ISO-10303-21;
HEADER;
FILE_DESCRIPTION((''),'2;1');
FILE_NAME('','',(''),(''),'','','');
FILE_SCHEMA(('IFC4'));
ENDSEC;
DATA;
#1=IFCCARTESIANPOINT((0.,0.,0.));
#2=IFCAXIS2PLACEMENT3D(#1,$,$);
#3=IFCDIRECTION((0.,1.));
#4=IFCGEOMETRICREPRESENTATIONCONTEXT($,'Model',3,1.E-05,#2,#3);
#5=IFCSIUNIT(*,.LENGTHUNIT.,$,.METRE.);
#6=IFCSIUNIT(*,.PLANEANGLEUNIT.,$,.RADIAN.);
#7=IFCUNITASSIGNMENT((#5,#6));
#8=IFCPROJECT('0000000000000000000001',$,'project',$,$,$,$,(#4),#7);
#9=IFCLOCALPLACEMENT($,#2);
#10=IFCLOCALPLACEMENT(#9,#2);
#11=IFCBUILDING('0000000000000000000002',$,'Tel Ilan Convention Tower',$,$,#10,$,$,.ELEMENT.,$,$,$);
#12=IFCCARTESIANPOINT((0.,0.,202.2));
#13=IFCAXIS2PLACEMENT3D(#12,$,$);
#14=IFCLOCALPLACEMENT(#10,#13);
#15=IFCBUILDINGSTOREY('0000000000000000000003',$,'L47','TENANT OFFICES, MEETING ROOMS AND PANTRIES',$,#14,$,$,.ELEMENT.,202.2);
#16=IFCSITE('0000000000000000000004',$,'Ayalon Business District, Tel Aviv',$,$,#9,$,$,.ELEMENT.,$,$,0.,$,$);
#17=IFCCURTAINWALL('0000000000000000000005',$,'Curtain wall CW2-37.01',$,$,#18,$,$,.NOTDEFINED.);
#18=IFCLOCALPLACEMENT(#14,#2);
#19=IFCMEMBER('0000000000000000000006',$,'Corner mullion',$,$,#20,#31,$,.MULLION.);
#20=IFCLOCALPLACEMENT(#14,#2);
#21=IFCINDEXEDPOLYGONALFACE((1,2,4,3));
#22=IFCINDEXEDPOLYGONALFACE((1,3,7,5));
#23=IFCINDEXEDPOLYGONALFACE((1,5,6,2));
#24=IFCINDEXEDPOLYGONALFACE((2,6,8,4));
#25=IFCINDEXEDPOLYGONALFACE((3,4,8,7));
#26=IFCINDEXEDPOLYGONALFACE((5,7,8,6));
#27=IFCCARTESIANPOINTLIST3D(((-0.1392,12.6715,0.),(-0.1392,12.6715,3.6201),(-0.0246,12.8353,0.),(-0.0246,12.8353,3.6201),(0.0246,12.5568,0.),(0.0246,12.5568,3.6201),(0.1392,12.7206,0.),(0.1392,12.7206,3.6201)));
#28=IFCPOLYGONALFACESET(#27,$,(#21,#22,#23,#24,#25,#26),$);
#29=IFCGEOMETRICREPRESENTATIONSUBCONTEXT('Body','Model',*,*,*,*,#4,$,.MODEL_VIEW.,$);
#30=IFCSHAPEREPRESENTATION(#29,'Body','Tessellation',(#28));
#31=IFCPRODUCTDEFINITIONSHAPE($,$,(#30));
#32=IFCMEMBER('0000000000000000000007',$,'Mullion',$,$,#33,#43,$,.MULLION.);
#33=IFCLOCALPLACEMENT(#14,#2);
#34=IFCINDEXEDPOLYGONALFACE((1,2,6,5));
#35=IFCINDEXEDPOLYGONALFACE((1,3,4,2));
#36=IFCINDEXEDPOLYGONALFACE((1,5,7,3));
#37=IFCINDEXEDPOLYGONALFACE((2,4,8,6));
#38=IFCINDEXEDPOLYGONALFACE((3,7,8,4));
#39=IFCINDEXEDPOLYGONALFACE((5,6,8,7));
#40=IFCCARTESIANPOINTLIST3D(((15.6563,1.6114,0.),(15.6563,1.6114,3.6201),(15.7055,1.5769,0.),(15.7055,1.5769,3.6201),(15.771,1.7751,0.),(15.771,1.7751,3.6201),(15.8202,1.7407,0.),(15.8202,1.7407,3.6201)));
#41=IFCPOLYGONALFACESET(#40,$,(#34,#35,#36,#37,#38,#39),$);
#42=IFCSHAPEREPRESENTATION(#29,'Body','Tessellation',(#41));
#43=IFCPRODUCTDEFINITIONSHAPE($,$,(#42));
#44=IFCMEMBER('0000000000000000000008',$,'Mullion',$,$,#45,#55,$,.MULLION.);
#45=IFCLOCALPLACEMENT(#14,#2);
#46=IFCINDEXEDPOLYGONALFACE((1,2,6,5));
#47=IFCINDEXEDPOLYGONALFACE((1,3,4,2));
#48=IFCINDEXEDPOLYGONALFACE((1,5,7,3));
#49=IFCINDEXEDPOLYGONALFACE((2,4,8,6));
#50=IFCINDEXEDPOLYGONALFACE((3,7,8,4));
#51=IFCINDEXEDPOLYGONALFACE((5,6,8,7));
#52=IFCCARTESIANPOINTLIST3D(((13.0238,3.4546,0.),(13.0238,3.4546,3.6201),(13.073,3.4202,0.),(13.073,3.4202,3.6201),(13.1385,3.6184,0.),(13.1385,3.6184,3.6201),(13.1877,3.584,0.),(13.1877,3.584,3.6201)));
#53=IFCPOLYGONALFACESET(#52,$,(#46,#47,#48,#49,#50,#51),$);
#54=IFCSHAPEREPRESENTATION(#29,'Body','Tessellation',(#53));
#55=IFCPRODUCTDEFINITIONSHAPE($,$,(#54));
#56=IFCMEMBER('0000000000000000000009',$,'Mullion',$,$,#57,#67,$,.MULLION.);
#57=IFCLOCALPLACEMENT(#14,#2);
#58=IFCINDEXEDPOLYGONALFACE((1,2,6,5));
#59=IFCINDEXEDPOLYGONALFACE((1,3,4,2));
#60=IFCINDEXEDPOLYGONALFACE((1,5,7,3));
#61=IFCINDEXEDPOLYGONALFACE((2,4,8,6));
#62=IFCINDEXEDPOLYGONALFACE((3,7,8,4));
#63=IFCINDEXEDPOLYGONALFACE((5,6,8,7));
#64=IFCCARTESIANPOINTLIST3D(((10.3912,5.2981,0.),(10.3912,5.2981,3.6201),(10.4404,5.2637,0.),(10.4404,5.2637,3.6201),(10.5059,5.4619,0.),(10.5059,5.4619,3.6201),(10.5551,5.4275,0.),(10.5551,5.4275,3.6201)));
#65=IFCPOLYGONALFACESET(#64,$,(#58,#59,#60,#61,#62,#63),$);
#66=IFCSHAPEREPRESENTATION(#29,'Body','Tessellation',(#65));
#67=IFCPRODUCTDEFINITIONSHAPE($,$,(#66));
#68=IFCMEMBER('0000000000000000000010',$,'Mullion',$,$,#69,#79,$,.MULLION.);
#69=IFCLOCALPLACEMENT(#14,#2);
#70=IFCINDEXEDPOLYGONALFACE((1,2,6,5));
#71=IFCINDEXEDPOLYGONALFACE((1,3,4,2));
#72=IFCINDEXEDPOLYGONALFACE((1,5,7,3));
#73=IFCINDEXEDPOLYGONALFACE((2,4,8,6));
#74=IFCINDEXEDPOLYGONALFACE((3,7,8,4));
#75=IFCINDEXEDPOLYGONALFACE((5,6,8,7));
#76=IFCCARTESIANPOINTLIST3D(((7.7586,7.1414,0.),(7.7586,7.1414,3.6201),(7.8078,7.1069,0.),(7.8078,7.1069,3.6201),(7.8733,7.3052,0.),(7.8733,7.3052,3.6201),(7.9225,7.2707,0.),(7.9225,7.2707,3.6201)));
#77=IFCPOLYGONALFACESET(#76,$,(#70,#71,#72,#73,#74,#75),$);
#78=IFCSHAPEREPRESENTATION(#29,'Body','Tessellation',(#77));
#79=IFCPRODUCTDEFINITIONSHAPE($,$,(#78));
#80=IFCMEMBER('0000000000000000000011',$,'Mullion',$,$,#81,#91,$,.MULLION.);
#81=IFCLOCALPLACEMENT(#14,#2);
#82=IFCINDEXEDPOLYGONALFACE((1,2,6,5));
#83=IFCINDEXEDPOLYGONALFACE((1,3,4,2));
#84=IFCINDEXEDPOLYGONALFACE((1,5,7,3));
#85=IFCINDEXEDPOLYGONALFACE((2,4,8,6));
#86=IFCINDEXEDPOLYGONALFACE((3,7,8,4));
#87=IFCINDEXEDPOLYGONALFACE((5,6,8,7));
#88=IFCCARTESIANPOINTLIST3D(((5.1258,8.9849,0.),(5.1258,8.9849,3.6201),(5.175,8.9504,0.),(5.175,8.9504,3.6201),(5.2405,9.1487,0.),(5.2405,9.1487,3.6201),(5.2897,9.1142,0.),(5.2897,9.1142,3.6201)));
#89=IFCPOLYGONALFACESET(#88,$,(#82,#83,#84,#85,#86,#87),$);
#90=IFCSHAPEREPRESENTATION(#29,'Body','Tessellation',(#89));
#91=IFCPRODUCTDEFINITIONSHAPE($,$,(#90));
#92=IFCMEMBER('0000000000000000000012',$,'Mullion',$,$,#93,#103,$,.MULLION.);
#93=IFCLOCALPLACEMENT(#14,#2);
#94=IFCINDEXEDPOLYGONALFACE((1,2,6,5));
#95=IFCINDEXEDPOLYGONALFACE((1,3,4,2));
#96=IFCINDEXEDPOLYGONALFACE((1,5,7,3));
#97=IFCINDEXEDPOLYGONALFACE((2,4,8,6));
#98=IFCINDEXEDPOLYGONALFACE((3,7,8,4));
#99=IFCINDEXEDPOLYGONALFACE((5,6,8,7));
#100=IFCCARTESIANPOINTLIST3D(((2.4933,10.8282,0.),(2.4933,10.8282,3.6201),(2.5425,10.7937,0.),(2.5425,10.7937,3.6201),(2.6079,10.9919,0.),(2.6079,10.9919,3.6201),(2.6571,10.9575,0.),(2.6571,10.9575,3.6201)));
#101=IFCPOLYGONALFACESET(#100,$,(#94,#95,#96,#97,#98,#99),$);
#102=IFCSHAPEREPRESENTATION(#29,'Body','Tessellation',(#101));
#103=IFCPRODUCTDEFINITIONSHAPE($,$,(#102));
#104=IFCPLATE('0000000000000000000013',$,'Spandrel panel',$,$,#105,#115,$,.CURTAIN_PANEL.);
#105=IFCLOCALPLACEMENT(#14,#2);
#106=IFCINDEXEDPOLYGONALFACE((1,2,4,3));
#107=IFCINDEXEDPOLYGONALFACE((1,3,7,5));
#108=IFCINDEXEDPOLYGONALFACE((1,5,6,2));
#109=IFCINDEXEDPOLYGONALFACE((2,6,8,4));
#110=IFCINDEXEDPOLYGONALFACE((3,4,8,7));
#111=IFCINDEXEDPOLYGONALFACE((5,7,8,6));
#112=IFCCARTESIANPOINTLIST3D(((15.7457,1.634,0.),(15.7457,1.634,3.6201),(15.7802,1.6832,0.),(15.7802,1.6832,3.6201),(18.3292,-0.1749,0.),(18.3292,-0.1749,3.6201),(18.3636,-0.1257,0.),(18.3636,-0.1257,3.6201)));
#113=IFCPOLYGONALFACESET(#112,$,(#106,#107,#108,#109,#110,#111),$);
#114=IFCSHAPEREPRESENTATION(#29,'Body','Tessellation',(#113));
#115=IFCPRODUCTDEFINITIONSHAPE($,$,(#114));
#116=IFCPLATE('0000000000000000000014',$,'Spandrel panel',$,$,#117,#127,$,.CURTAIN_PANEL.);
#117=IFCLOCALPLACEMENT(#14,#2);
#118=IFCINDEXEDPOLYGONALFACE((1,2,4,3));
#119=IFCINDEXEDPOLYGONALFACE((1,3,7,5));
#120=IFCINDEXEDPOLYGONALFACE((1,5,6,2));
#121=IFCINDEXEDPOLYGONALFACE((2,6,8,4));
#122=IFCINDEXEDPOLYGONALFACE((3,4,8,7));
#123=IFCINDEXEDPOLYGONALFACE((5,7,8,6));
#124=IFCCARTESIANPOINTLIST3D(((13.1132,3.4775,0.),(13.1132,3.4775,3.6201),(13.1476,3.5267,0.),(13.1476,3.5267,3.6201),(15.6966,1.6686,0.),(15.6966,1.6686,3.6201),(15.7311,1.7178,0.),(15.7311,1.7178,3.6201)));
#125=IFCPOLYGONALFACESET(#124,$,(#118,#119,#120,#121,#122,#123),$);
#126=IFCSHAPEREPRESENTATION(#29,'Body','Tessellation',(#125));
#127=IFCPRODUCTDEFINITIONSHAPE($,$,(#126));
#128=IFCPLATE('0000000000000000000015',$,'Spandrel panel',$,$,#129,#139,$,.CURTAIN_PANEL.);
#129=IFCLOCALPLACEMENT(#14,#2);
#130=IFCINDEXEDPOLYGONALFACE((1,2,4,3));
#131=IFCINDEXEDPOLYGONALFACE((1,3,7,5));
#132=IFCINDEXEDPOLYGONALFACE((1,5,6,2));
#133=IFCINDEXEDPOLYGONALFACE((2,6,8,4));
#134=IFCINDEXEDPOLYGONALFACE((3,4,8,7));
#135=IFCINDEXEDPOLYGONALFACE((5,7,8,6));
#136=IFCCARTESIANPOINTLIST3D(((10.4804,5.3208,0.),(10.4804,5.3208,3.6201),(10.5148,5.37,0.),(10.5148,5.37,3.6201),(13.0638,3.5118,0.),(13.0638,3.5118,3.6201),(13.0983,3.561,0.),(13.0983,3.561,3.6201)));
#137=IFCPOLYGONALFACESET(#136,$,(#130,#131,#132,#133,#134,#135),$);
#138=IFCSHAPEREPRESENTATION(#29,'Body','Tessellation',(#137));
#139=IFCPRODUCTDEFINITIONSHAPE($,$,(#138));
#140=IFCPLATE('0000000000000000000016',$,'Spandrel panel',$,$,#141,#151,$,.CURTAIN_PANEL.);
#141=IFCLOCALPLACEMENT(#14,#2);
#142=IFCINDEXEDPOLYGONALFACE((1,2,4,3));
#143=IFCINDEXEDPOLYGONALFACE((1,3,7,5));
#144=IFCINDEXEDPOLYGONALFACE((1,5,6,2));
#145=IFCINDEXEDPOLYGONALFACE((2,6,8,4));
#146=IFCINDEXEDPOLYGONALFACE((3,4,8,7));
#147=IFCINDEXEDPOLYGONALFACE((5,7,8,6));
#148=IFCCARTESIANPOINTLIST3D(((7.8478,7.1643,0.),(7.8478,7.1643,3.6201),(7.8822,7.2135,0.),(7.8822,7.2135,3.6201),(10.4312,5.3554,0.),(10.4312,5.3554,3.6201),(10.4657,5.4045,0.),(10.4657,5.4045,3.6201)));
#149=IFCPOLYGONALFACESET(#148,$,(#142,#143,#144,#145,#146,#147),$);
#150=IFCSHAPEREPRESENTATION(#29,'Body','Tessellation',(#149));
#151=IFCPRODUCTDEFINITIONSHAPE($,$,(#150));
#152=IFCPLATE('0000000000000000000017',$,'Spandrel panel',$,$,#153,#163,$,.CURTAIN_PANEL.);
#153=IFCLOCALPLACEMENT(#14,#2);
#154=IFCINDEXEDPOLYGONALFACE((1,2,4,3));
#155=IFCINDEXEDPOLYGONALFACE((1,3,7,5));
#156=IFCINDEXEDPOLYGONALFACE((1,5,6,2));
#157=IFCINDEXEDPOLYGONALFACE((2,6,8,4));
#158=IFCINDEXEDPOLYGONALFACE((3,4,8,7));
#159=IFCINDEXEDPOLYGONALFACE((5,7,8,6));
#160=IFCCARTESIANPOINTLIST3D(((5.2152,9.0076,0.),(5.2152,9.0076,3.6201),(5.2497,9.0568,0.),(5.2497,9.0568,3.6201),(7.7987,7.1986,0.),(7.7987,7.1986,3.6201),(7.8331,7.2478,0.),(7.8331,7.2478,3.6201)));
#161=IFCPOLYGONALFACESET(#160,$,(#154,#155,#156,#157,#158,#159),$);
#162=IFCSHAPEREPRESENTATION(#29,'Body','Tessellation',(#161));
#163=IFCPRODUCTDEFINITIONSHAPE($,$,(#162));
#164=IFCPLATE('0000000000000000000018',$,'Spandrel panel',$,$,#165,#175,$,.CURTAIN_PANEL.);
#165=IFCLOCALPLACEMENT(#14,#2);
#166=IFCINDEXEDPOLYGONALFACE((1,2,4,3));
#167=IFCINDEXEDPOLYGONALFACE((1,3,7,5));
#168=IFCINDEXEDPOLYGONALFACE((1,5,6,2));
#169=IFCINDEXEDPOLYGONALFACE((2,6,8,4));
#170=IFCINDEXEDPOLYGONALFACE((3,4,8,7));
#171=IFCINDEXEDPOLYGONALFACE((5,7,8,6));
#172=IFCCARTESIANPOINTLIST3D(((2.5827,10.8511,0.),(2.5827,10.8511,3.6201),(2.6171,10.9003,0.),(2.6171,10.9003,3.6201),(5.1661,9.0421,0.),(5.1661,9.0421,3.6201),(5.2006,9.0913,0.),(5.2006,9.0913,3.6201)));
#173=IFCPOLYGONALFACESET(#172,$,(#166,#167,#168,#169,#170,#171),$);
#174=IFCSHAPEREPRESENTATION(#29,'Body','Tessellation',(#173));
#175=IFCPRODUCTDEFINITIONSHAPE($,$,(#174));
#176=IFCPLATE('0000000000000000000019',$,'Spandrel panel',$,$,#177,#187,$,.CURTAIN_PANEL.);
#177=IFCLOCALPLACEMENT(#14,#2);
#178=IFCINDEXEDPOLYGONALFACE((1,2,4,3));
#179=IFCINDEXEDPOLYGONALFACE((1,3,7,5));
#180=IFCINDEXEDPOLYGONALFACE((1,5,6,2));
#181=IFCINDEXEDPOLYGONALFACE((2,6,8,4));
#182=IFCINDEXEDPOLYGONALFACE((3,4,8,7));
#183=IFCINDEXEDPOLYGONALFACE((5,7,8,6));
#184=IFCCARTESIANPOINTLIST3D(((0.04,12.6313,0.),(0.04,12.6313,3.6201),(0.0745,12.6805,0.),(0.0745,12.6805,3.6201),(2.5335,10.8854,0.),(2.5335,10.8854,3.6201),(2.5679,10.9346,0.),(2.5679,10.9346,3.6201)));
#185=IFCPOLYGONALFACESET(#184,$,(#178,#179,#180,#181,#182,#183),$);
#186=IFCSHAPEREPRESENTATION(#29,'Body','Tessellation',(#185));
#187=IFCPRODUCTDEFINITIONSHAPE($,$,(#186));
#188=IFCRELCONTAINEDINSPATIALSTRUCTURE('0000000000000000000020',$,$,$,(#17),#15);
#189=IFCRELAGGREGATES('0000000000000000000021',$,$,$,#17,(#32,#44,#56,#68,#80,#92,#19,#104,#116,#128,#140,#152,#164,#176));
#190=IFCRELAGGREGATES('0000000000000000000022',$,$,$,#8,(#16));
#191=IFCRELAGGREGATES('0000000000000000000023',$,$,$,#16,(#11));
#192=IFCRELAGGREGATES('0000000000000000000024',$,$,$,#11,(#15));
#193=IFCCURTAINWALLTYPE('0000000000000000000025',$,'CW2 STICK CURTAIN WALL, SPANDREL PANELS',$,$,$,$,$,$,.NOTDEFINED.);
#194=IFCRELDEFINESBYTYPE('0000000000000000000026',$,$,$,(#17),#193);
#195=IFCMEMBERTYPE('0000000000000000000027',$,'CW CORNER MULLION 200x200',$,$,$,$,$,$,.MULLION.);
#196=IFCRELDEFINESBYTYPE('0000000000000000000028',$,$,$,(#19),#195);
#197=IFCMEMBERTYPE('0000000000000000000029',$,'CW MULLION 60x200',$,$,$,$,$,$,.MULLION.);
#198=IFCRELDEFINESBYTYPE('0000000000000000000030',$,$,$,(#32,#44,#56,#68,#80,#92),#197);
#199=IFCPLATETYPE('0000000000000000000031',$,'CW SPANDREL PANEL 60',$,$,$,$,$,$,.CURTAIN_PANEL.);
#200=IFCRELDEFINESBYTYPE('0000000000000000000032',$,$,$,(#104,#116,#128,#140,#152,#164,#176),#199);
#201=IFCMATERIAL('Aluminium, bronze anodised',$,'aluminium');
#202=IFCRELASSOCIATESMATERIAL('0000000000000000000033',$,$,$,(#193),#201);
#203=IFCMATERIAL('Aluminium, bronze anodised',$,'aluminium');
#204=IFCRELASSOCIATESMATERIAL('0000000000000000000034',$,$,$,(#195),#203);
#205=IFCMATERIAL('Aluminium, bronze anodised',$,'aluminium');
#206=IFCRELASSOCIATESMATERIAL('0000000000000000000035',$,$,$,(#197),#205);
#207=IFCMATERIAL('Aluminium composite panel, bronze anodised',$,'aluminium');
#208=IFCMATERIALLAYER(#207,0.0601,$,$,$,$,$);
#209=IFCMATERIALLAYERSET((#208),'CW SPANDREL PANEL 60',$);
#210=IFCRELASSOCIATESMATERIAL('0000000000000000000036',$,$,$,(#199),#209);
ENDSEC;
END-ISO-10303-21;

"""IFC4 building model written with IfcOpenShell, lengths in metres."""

from ifc_helpers import new_model, si_unit, direction, frame, origin, origin_2d, place, context, subcontext, project, spatial, rectangle, extrude, material, layer, layer_set, material_profile, profile_set, type_object, element, aggregate, save


model = new_model("IFC4")

# Units and contexts
model_context = context("Model", 3, precision=1e-05, world=origin(), true_north=direction((0.0, 1.0)))
body_context = subcontext(model_context, "Body", "Model", "MODEL_VIEW")
ifc_project = project(units=[si_unit("LENGTHUNIT", "METRE"), si_unit("PLANEANGLEUNIT", "RADIAN")], contexts=[model_context])

# Site, building, storey
site_placement = place(None, origin())
site = spatial("IfcSite", under=ifc_project, at=site_placement, Name="Ayalon Business District, Tel Aviv", CompositionType="ELEMENT", RefElevation=0.0)
building_placement = place(site_placement, origin())
building = spatial("IfcBuilding", under=site, at=building_placement, Name="Tel Ilan Convention Tower", CompositionType="ELEMENT")
storey_placement = place(building_placement, frame((0.0, 0.0, 202.2)))
storey = spatial("IfcBuildingStorey", under=building, at=storey_placement, Name="L47", Description="TENANT OFFICES, MEETING ROOMS AND PANTRIES", CompositionType="ELEMENT", Elevation=202.2)

# Curtain wall, members, plates
ifc_material_1 = material(Name="Aluminium, bronze anodised", Category="aluminium")
curtain_wall_type = type_object("IfcCurtainWallType", Name="CW2 STICK CURTAIN WALL, SPANDREL PANELS", PredefinedType="NOTDEFINED", material=ifc_material_1)
curtain_wall_placement = place(storey_placement, origin())
curtain_wall = element("IfcCurtainWall", 1, at=curtain_wall_placement, inside=storey, type_object=curtain_wall_type, Name="Curtain wall CW2-37.01", PredefinedType="NOTDEFINED")
ifc_material_2 = material(Name="Aluminium, bronze anodised", Category="aluminium")
ifc_material_profile_1 = material_profile(ifc_material_2, rectangle(XDim=0.2, YDim=0.2, at=origin_2d()), Name="CW CORNER MULLION 200x200")
ifc_profile_set_1 = profile_set([ifc_material_profile_1], Name="Aluminium, bronze anodised")
member_type_1 = type_object("IfcMemberType", Name="CW CORNER MULLION 200x200", PredefinedType="MULLION", material=ifc_profile_set_1)
member_1_placement = place(storey_placement, frame((0.0, 12.696, 0.0), z_axis=(0.0, 0.0, 1.0), x_axis=(-0.819152, 0.573576, 0.0)))
member_1 = element("IfcMember", 2, at=member_1_placement, type_object=member_type_1, Name="Corner mullion", PredefinedType="MULLION", context=body_context, shape_type="SweptSolid", body=[
    extrude(rectangle(XDim=0.2, YDim=0.2, at=origin_2d()), origin(), (0.0, 0.0, 1.0), 3.6201),
])
ifc_material_3 = material(Name="Aluminium, bronze anodised", Category="aluminium")
ifc_material_profile_2 = material_profile(ifc_material_3, rectangle(XDim=0.0601, YDim=0.2, at=origin_2d()), Name="CW MULLION 60x200")
ifc_profile_set_2 = profile_set([ifc_material_profile_2], Name="Aluminium, bronze anodised")
member_type_2 = type_object("IfcMemberType", Name="CW MULLION 60x200", PredefinedType="MULLION", material=ifc_profile_set_2)
member_2_placement = place(storey_placement, frame((15.7383, 1.676, 0.0), z_axis=(0.0, 0.0, 1.0), x_axis=(-0.819152, 0.573576, 0.0)))
member_2 = element("IfcMember", 3, at=member_2_placement, type_object=member_type_2, Name="Mullion", PredefinedType="MULLION", context=body_context, shape_type="SweptSolid", body=[
    extrude(rectangle(XDim=0.0601, YDim=0.2, at=origin_2d()), origin(), (0.0, 0.0, 1.0), 3.6201),
])
member_3_placement = place(storey_placement, frame((13.1057, 3.5193, 0.0), z_axis=(0.0, 0.0, 1.0), x_axis=(-0.819152, 0.573576, 0.0)))
member_3 = element("IfcMember", 4, at=member_3_placement, type_object=member_type_2, Name="Mullion", PredefinedType="MULLION", context=body_context, shape_type="SweptSolid", body=[
    extrude(rectangle(XDim=0.0601, YDim=0.2, at=origin_2d()), origin(), (0.0, 0.0, 1.0), 3.6201),
])
member_4_placement = place(storey_placement, frame((10.4731, 5.3628, 0.0), z_axis=(0.0, 0.0, 1.0), x_axis=(-0.819152, 0.573576, 0.0)))
member_4 = element("IfcMember", 5, at=member_4_placement, type_object=member_type_2, Name="Mullion", PredefinedType="MULLION", context=body_context, shape_type="SweptSolid", body=[
    extrude(rectangle(XDim=0.0601, YDim=0.2, at=origin_2d()), origin(), (0.0, 0.0, 1.0), 3.6201),
])
member_5_placement = place(storey_placement, frame((7.8406, 7.2061, 0.0), z_axis=(0.0, 0.0, 1.0), x_axis=(-0.819152, 0.573576, 0.0)))
member_5 = element("IfcMember", 6, at=member_5_placement, type_object=member_type_2, Name="Mullion", PredefinedType="MULLION", context=body_context, shape_type="SweptSolid", body=[
    extrude(rectangle(XDim=0.0601, YDim=0.2, at=origin_2d()), origin(), (0.0, 0.0, 1.0), 3.6201),
])
member_6_placement = place(storey_placement, frame((5.2078, 9.0496, 0.0), z_axis=(0.0, 0.0, 1.0), x_axis=(-0.819152, 0.573576, 0.0)))
member_6 = element("IfcMember", 7, at=member_6_placement, type_object=member_type_2, Name="Mullion", PredefinedType="MULLION", context=body_context, shape_type="SweptSolid", body=[
    extrude(rectangle(XDim=0.0601, YDim=0.2, at=origin_2d()), origin(), (0.0, 0.0, 1.0), 3.6201),
])
member_7_placement = place(storey_placement, frame((2.5752, 10.8928, 0.0), z_axis=(0.0, 0.0, 1.0), x_axis=(-0.819152, 0.573576, 0.0)))
member_7 = element("IfcMember", 8, at=member_7_placement, type_object=member_type_2, Name="Mullion", PredefinedType="MULLION", context=body_context, shape_type="SweptSolid", body=[
    extrude(rectangle(XDim=0.0601, YDim=0.2, at=origin_2d()), origin(), (0.0, 0.0, 1.0), 3.6201),
])
ifc_material_4 = material(Name="Aluminium composite panel, bronze anodised", Category="aluminium")
ifc_layer_1 = layer(ifc_material_4, 0.0601)
ifc_layer_set_1 = layer_set([ifc_layer_1], Name="CW SPANDREL PANEL 60")
plate_type = type_object("IfcPlateType", Name="CW SPANDREL PANEL 60", PredefinedType="CURTAIN_PANEL", material=ifc_layer_set_1)
plate_1_placement = place(storey_placement, frame((17.0547, 0.7542, 0.0), z_axis=(0.0, 0.0, 1.0), x_axis=(-0.819152, 0.573576, 0.0)))
plate_1 = element("IfcPlate", 9, at=plate_1_placement, type_object=plate_type, Name="Spandrel panel", PredefinedType="CURTAIN_PANEL", context=body_context, shape_type="SweptSolid", body=[
    extrude(rectangle(XDim=3.1538, YDim=0.0601, at=origin_2d()), origin(), (0.0, 0.0, 1.0), 3.6201),
])
plate_2_placement = place(storey_placement, frame((14.4221, 2.5977, 0.0), z_axis=(0.0, 0.0, 1.0), x_axis=(-0.819152, 0.573576, 0.0)))
plate_2 = element("IfcPlate", 10, at=plate_2_placement, type_object=plate_type, Name="Spandrel panel", PredefinedType="CURTAIN_PANEL", context=body_context, shape_type="SweptSolid", body=[
    extrude(rectangle(XDim=3.1538, YDim=0.0601, at=origin_2d()), origin(), (0.0, 0.0, 1.0), 3.6201),
])
plate_3_placement = place(storey_placement, frame((11.7893, 4.4409, 0.0), z_axis=(0.0, 0.0, 1.0), x_axis=(-0.819152, 0.573576, 0.0)))
plate_3 = element("IfcPlate", 11, at=plate_3_placement, type_object=plate_type, Name="Spandrel panel", PredefinedType="CURTAIN_PANEL", context=body_context, shape_type="SweptSolid", body=[
    extrude(rectangle(XDim=3.1538, YDim=0.0601, at=origin_2d()), origin(), (0.0, 0.0, 1.0), 3.6201),
])
plate_4_placement = place(storey_placement, frame((9.1567, 6.2844, 0.0), z_axis=(0.0, 0.0, 1.0), x_axis=(-0.819152, 0.573576, 0.0)))
plate_4 = element("IfcPlate", 12, at=plate_4_placement, type_object=plate_type, Name="Spandrel panel", PredefinedType="CURTAIN_PANEL", context=body_context, shape_type="SweptSolid", body=[
    extrude(rectangle(XDim=3.1538, YDim=0.0601, at=origin_2d()), origin(), (0.0, 0.0, 1.0), 3.6201),
])
plate_5_placement = place(storey_placement, frame((6.5242, 8.1277, 0.0), z_axis=(0.0, 0.0, 1.0), x_axis=(-0.819152, 0.573576, 0.0)))
plate_5 = element("IfcPlate", 13, at=plate_5_placement, type_object=plate_type, Name="Spandrel panel", PredefinedType="CURTAIN_PANEL", context=body_context, shape_type="SweptSolid", body=[
    extrude(rectangle(XDim=3.1538, YDim=0.0601, at=origin_2d()), origin(), (0.0, 0.0, 1.0), 3.6201),
])
plate_6_placement = place(storey_placement, frame((3.8916, 9.9712, 0.0), z_axis=(0.0, 0.0, 1.0), x_axis=(-0.819152, 0.573576, 0.0)))
plate_6 = element("IfcPlate", 14, at=plate_6_placement, type_object=plate_type, Name="Spandrel panel", PredefinedType="CURTAIN_PANEL", context=body_context, shape_type="SweptSolid", body=[
    extrude(rectangle(XDim=3.1538, YDim=0.0601, at=origin_2d()), origin(), (0.0, 0.0, 1.0), 3.6201),
])
plate_7_placement = place(storey_placement, frame((1.304, 11.783, 0.0), z_axis=(0.0, 0.0, 1.0), x_axis=(-0.819152, 0.573576, 0.0)))
plate_7 = element("IfcPlate", 15, at=plate_7_placement, type_object=plate_type, Name="Spandrel panel", PredefinedType="CURTAIN_PANEL", context=body_context, shape_type="SweptSolid", body=[
    extrude(rectangle(XDim=3.0439, YDim=0.0601, at=origin_2d()), origin(), (0.0, 0.0, 1.0), 3.6201),
])
aggregate(curtain_wall, [member_2, member_3, member_4, member_5, member_6, member_7, member_1, plate_1, plate_2, plate_3, plate_4, plate_5, plate_6, plate_7])

save(model, "model.ifc")
